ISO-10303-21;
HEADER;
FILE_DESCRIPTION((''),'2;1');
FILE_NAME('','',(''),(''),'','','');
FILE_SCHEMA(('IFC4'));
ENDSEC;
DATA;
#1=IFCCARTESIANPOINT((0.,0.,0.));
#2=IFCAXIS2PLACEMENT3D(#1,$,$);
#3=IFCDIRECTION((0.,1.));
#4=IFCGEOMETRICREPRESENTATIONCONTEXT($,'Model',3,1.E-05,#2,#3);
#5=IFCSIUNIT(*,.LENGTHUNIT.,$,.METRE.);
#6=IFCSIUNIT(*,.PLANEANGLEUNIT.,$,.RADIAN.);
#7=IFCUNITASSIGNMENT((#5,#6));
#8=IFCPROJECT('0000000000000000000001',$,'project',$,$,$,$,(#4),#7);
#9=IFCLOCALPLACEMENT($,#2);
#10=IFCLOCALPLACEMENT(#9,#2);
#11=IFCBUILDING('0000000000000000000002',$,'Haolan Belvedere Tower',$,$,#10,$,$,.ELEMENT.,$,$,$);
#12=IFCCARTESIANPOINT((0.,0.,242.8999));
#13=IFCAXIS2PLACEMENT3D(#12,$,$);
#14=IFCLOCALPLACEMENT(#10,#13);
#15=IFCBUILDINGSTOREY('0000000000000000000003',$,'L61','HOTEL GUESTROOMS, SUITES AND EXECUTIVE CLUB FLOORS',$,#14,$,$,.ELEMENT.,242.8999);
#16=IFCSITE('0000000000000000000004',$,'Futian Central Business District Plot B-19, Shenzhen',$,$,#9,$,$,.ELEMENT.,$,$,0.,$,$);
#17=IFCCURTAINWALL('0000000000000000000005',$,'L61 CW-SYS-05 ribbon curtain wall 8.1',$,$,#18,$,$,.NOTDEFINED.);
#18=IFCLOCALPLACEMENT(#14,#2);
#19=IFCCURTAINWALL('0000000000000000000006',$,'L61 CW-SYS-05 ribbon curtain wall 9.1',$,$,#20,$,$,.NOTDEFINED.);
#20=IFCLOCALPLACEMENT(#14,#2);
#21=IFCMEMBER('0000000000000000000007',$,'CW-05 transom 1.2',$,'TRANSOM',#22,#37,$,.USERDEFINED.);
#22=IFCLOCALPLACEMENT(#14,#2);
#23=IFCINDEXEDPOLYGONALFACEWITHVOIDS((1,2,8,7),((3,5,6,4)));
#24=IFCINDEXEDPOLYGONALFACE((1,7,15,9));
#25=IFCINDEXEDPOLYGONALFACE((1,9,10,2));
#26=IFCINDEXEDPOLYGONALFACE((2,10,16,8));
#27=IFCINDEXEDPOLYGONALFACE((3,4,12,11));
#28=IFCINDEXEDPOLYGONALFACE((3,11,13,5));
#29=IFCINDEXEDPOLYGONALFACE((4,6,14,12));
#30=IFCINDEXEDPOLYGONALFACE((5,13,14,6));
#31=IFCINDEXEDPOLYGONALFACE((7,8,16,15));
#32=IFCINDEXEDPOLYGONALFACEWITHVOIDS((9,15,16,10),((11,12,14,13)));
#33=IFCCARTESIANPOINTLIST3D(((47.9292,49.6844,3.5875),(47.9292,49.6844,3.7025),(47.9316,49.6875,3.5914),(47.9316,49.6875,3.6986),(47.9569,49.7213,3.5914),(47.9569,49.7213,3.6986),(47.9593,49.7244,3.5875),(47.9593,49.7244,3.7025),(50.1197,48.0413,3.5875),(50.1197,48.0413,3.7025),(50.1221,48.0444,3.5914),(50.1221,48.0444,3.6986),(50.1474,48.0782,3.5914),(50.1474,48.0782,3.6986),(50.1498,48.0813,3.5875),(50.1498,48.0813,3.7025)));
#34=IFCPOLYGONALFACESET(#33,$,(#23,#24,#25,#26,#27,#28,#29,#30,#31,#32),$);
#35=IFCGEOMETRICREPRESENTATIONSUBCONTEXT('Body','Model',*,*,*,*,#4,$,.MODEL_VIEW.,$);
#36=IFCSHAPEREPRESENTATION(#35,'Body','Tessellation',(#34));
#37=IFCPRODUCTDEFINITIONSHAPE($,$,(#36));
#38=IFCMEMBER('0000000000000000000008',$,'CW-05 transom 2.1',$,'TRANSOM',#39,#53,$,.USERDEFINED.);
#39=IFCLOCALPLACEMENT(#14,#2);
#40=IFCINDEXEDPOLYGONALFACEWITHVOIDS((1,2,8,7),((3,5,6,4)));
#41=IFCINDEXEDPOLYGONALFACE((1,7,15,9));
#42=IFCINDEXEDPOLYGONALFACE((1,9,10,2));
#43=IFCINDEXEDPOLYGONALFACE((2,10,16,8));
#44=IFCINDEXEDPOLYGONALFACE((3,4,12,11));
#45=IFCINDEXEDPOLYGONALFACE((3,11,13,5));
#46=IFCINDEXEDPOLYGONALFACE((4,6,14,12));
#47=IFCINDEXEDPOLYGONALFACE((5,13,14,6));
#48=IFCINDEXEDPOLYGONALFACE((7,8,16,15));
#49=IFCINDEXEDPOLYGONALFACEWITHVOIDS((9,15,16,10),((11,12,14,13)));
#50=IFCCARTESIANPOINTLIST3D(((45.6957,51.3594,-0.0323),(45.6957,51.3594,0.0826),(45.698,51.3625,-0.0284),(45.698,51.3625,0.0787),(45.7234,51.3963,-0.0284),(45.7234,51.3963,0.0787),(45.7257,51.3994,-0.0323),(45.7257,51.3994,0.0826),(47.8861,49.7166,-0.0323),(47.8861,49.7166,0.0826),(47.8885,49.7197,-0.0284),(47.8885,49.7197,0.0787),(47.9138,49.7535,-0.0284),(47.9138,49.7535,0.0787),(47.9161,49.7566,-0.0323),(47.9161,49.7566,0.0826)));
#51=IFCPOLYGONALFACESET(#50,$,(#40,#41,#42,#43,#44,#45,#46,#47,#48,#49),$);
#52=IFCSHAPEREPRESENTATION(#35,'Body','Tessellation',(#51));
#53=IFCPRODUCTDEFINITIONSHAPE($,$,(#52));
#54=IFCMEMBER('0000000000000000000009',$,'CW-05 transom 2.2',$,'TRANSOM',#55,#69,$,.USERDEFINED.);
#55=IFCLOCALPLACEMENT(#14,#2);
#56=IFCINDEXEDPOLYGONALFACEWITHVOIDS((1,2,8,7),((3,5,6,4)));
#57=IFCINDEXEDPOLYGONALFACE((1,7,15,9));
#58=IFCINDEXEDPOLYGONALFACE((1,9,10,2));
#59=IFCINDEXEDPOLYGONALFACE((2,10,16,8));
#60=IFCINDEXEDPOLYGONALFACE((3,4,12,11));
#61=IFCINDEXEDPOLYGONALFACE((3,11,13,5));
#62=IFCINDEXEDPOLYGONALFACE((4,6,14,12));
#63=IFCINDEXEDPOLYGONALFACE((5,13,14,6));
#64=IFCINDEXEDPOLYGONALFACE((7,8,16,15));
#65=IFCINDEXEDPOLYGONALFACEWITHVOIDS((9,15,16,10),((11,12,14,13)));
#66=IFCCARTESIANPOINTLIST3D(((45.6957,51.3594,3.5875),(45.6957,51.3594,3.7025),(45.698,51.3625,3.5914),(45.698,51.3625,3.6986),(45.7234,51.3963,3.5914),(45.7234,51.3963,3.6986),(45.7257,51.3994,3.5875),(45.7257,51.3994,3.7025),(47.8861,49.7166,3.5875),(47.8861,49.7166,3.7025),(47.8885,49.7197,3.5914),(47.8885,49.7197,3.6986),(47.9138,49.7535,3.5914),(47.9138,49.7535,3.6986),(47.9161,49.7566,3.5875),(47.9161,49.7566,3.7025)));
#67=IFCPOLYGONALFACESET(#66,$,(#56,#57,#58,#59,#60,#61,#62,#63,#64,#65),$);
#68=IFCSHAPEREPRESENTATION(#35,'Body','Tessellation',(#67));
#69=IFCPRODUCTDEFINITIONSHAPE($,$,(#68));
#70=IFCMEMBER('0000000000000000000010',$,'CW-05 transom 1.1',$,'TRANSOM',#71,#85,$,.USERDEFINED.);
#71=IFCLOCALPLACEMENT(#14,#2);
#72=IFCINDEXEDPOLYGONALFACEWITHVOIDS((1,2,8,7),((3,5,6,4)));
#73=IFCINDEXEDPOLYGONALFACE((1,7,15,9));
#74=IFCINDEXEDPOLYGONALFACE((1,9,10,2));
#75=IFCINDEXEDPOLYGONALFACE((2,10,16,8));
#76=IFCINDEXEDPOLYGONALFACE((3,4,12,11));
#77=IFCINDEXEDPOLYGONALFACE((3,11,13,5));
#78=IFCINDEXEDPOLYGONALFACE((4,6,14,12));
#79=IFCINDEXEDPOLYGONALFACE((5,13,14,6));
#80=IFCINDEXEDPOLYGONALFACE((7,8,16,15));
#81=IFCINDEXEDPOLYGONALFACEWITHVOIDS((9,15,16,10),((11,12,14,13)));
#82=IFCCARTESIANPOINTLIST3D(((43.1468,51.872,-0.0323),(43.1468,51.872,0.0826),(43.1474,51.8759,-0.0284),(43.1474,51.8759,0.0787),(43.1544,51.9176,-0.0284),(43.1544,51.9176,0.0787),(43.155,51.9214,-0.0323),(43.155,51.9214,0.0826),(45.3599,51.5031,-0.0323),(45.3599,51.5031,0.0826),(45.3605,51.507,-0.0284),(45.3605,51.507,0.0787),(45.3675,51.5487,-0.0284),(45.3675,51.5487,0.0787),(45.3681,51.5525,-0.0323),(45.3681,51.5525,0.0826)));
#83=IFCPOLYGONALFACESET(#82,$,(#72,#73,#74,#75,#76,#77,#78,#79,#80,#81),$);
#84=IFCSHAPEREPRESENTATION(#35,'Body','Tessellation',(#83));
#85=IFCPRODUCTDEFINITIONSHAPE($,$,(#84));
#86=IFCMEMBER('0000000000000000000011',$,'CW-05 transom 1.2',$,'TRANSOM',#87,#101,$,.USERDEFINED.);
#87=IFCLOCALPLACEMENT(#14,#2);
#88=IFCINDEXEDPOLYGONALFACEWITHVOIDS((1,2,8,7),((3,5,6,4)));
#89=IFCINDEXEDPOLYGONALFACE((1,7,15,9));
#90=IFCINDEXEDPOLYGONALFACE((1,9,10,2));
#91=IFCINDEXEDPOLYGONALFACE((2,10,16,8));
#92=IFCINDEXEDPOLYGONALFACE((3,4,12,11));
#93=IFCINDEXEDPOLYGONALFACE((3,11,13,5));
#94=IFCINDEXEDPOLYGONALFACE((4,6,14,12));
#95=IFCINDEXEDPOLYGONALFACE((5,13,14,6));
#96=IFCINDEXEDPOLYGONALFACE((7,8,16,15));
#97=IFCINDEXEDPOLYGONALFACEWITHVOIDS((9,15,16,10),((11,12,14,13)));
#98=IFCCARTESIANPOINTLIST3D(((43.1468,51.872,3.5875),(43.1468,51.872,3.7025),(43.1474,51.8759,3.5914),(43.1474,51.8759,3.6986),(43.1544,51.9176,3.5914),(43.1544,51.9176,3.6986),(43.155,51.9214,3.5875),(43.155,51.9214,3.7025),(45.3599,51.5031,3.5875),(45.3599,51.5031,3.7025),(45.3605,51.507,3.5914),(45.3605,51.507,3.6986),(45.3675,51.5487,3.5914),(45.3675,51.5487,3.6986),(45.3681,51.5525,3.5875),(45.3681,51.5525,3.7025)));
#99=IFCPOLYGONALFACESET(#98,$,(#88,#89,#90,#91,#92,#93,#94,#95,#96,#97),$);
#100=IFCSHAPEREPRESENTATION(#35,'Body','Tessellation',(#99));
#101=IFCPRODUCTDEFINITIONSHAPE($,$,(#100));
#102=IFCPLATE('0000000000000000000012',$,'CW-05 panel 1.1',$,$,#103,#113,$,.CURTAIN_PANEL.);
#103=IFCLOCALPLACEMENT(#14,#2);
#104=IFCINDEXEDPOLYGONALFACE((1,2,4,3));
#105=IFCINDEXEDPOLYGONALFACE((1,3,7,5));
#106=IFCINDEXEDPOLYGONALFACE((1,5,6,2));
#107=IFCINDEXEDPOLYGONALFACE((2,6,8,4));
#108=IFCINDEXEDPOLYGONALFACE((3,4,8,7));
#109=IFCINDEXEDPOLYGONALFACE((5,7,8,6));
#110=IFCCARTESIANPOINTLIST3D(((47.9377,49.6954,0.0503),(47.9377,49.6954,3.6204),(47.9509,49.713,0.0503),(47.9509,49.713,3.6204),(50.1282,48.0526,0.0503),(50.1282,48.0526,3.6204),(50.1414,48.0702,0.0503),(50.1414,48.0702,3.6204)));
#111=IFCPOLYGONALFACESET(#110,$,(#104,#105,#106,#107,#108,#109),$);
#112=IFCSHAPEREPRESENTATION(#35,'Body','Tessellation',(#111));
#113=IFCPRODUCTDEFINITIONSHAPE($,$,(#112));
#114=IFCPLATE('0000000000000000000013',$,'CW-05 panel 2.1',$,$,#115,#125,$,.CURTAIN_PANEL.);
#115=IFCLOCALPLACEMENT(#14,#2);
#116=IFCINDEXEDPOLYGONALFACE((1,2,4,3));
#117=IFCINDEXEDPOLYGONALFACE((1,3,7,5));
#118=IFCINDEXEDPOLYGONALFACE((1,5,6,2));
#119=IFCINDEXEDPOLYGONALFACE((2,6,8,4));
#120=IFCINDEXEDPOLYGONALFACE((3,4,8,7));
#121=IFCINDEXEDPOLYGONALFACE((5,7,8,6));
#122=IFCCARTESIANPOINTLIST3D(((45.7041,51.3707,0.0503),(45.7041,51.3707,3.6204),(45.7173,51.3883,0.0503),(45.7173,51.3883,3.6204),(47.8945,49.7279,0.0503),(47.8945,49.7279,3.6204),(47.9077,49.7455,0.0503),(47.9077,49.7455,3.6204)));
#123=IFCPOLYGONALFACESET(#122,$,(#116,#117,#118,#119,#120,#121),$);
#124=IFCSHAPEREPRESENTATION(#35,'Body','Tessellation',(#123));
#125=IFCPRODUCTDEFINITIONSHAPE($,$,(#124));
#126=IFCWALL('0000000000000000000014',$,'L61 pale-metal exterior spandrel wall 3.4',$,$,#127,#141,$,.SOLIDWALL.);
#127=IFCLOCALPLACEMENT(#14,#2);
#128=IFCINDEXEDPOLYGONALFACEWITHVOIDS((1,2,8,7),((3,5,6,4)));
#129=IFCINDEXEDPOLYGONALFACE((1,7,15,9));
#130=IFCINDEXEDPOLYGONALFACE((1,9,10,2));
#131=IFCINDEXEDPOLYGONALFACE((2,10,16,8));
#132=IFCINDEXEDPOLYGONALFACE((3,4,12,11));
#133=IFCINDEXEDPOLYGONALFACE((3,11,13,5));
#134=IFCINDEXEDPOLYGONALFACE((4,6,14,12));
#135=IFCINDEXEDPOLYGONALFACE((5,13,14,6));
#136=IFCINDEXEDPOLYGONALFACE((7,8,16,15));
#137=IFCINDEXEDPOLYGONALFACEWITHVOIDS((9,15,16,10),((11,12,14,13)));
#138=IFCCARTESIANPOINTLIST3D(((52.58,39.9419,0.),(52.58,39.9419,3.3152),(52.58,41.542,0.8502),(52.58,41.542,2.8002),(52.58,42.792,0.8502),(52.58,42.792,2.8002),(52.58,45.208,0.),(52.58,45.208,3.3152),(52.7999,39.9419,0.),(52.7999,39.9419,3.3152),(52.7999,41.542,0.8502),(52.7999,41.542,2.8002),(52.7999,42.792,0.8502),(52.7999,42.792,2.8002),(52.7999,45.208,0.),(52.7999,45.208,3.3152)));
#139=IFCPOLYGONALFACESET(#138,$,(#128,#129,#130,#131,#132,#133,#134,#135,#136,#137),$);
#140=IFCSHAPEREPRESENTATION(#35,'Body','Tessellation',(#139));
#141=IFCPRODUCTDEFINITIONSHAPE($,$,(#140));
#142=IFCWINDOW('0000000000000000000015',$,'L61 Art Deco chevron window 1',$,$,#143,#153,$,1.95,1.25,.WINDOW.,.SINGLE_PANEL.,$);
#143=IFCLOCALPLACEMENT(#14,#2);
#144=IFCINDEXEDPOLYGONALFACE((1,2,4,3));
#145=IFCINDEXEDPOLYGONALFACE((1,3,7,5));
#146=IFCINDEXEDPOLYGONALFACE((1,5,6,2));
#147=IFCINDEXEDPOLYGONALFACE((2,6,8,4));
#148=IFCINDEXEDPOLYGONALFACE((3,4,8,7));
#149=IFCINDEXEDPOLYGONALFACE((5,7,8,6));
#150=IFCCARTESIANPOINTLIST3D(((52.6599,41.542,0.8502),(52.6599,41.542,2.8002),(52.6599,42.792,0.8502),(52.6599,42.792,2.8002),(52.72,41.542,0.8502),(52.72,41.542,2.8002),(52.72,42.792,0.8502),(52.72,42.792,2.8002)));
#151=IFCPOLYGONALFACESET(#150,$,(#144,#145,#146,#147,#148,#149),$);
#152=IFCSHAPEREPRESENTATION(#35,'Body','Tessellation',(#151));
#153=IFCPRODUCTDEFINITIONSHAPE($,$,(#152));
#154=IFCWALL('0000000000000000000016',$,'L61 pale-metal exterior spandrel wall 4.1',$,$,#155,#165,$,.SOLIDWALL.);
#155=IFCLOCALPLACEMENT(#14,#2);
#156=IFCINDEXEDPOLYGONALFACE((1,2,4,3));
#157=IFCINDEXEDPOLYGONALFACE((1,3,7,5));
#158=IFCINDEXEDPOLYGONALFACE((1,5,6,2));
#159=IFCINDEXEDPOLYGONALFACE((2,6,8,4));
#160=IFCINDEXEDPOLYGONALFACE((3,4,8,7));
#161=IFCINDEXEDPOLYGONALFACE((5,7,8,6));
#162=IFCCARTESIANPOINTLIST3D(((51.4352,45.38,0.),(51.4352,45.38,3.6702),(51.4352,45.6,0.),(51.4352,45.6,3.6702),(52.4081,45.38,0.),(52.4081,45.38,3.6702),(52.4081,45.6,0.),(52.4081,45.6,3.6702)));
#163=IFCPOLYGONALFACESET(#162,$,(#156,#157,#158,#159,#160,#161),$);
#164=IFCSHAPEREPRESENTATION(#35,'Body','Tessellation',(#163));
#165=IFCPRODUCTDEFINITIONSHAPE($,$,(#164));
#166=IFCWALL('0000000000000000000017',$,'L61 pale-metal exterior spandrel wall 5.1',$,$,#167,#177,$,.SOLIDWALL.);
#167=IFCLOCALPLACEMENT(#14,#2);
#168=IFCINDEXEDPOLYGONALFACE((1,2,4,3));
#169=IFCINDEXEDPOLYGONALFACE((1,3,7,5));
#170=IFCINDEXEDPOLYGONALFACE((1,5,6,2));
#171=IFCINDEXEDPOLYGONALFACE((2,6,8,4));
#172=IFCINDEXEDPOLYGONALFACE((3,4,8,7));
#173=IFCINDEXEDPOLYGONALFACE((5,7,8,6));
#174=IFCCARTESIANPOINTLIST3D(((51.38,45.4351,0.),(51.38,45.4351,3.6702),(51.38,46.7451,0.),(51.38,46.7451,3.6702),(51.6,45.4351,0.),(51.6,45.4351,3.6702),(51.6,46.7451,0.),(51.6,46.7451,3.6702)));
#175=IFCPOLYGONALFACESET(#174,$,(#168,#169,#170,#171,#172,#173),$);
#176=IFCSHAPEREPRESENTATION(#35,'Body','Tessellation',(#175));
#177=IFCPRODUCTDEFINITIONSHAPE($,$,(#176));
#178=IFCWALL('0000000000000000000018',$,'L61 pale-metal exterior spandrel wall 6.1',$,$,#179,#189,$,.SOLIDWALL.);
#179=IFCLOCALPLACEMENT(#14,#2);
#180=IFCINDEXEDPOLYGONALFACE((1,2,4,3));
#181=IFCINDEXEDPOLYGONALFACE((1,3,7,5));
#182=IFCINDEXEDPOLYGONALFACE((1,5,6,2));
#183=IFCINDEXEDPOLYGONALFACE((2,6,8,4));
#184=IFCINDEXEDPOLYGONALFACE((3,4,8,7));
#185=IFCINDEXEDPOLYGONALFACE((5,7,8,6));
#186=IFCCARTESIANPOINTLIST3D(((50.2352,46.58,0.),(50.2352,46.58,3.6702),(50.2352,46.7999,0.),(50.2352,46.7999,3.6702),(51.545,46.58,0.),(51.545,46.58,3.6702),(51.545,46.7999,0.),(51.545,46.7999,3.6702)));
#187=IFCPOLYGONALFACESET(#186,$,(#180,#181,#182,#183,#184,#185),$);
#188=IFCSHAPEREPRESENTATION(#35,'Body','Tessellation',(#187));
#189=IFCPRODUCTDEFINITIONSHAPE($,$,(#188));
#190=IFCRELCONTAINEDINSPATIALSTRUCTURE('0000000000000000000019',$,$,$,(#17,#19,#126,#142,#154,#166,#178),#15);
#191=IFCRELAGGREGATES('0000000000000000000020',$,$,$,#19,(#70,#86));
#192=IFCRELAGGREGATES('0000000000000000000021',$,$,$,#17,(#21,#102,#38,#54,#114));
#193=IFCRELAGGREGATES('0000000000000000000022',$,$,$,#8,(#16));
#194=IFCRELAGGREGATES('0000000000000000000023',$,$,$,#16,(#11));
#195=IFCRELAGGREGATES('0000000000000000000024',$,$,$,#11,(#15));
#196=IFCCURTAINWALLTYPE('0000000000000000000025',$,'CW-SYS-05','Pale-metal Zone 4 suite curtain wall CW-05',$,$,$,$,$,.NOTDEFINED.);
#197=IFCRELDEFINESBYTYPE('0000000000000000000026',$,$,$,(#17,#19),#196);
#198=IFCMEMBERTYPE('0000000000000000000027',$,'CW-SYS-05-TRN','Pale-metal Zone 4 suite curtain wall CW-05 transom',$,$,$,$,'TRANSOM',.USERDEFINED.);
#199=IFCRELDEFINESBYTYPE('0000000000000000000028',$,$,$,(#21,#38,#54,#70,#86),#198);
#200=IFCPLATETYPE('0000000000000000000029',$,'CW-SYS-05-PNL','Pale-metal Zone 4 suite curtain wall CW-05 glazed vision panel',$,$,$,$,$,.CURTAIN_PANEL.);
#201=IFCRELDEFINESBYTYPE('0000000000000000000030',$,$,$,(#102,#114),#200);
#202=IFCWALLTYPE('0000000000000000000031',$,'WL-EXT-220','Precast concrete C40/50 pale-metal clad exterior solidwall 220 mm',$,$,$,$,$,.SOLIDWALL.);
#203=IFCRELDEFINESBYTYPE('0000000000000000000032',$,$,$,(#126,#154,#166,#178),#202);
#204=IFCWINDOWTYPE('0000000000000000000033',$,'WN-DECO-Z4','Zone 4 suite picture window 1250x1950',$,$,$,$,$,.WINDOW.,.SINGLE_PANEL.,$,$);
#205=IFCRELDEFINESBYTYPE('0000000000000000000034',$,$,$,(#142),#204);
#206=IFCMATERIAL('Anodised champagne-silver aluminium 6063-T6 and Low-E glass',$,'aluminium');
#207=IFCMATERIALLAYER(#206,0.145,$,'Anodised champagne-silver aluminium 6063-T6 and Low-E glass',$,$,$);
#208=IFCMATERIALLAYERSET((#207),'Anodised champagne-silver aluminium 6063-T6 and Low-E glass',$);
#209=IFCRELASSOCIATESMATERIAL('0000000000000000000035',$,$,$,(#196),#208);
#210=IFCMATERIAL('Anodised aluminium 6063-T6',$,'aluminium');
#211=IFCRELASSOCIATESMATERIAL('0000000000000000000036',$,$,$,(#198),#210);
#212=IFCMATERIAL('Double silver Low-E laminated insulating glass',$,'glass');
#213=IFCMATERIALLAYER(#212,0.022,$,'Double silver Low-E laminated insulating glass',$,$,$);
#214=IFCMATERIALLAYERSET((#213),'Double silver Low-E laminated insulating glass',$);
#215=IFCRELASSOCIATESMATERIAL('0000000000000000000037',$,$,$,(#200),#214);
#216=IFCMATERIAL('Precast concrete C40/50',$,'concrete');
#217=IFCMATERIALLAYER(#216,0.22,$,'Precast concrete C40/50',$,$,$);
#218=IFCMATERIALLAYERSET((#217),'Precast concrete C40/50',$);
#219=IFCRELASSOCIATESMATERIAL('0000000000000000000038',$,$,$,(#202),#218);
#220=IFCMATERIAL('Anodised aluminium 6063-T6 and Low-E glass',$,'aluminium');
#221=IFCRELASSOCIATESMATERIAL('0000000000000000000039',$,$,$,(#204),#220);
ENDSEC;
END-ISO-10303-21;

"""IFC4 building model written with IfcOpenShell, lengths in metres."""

from ifc_helpers import new_model, si_unit, direction, frame, frame_2d, origin, origin_2d, place, context, subcontext, project, spatial, rectangle, hollow_rectangle, extrude, material, layer, layer_set, material_profile, profile_set, type_object, element, fill, aggregate, save


model = new_model("IFC4")

# Units and contexts
model_context = context("Model", 3, precision=1e-05, world=origin(), true_north=direction((0.0, 1.0)))
body_context = subcontext(model_context, "Body", "Model", "MODEL_VIEW")
ifc_project = project(units=[si_unit("LENGTHUNIT", "METRE"), si_unit("PLANEANGLEUNIT", "RADIAN")], contexts=[model_context])

# Site, building, storey
site_placement = place(None, origin())
site = spatial("IfcSite", under=ifc_project, at=site_placement, Name="Futian Central Business District Plot B-19, Shenzhen", CompositionType="ELEMENT", RefElevation=0.0)
building_placement = place(site_placement, origin())
building = spatial("IfcBuilding", under=site, at=building_placement, Name="Haolan Belvedere Tower", CompositionType="ELEMENT")
storey_placement = place(building_placement, frame((0.0, 0.0, 242.8999)))
storey = spatial("IfcBuildingStorey", under=building, at=storey_placement, Name="L61", Description="HOTEL GUESTROOMS, SUITES AND EXECUTIVE CLUB FLOORS", CompositionType="ELEMENT", Elevation=242.8999)

# Curtain wall
ifc_material_1 = material(Name="Anodised champagne-silver aluminium 6063-T6 and Low-E glass", Category="aluminium")
ifc_layer_1 = layer(ifc_material_1, 0.145, Name="Anodised champagne-silver aluminium 6063-T6 and Low-E glass")
ifc_layer_set_1 = layer_set([ifc_layer_1], Name="Anodised champagne-silver aluminium 6063-T6 and Low-E glass")
curtain_wall_type = type_object("IfcCurtainWallType", Name="CW-SYS-05", Description="Pale-metal Zone 4 suite curtain wall CW-05", PredefinedType="NOTDEFINED", material=ifc_layer_set_1)
curtain_wall_1_placement = place(storey_placement, origin())
curtain_wall_1 = element("IfcCurtainWall", 1, at=curtain_wall_1_placement, inside=storey, type_object=curtain_wall_type, Name="L61 CW-SYS-05 ribbon curtain wall 8.1", PredefinedType="NOTDEFINED")
ifc_material_2 = material(Name="Anodised aluminium 6063-T6", Category="aluminium")

# Curtain wall
curtain_wall_2_placement = place(storey_placement, origin())
curtain_wall_2 = element("IfcCurtainWall", 2, at=curtain_wall_2_placement, inside=storey, type_object=curtain_wall_type, Name="L61 CW-SYS-05 ribbon curtain wall 9.1", PredefinedType="NOTDEFINED")

# Members
ifc_material_profile_1 = material_profile(ifc_material_2, hollow_rectangle(XDim=0.05, YDim=0.115, WallThickness=0.0039, at=origin_2d()), Name="Anodised aluminium 6063-T6")
ifc_profile_set_1 = profile_set([ifc_material_profile_1], Name="Anodised aluminium 6063-T6")
member_type_1 = type_object("IfcMemberType", Name="CW-SYS-05-TRN", Description="Pale-metal Zone 4 suite curtain wall CW-05 transom", ElementType="TRANSOM", PredefinedType="USERDEFINED", material=ifc_profile_set_1)
member_1_placement = place(storey_placement, frame((50.1348, 48.0613, 3.645), z_axis=(-0.799957, 0.600057, 0.0), x_axis=(-0.600057, -0.799957, 0.0)))
member_1 = element("IfcMember", 3, at=member_1_placement, type_object=member_type_1, Name="CW-05 transom 1.2", ObjectType="TRANSOM", PredefinedType="USERDEFINED", context=body_context, shape_type="SweptSolid", body=[
    extrude(hollow_rectangle(XDim=0.05, YDim=0.115, WallThickness=0.0039, at=origin_2d()), origin(), (0.0, 0.0, 1.0), 2.7383),
])
member_2_placement = place(storey_placement, frame((47.9011, 49.7366, 0.0251), z_axis=(-0.8, 0.6, 0.0), x_axis=(-0.6, -0.8, 0.0)))
member_2 = element("IfcMember", 4, at=member_2_placement, type_object=member_type_1, Name="CW-05 transom 2.1", ObjectType="TRANSOM", PredefinedType="USERDEFINED", context=body_context, shape_type="SweptSolid", body=[
    extrude(hollow_rectangle(XDim=0.05, YDim=0.115, WallThickness=0.0039, at=origin_2d()), origin(), (0.0, 0.0, 1.0), 2.738),
])
member_3_placement = place(storey_placement, frame((47.9011, 49.7366, 3.645), z_axis=(-0.8, 0.6, 0.0), x_axis=(-0.6, -0.8, 0.0)))
member_3 = element("IfcMember", 5, at=member_3_placement, type_object=member_type_1, Name="CW-05 transom 2.2", ObjectType="TRANSOM", PredefinedType="USERDEFINED", context=body_context, shape_type="SweptSolid", body=[
    extrude(hollow_rectangle(XDim=0.05, YDim=0.115, WallThickness=0.0039, at=origin_2d()), origin(), (0.0, 0.0, 1.0), 2.738),
])
member_4_placement = place(storey_placement, frame((45.364, 51.5278, 0.0251), z_axis=(-0.986391, 0.164417, 0.0), x_axis=(-0.164417, -0.986391, 0.0)))
member_4 = element("IfcMember", 6, at=member_4_placement, type_object=member_type_1, Name="CW-05 transom 1.1", ObjectType="TRANSOM", PredefinedType="USERDEFINED", context=body_context, shape_type="SweptSolid", body=[
    extrude(hollow_rectangle(XDim=0.05, YDim=0.115, WallThickness=0.0039, at=origin_2d()), origin(), (0.0, 0.0, 1.0), 2.2437),
])
member_5_placement = place(storey_placement, frame((45.364, 51.5278, 3.645), z_axis=(-0.986391, 0.164417, 0.0), x_axis=(-0.164417, -0.986391, 0.0)))
member_5 = element("IfcMember", 7, at=member_5_placement, type_object=member_type_1, Name="CW-05 transom 1.2", ObjectType="TRANSOM", PredefinedType="USERDEFINED", context=body_context, shape_type="SweptSolid", body=[
    extrude(hollow_rectangle(XDim=0.05, YDim=0.115, WallThickness=0.0039, at=origin_2d()), origin(), (0.0, 0.0, 1.0), 2.2437),
])
aggregate(curtain_wall_2, [member_4, member_5])

# Plates
ifc_material_3 = material(Name="Double silver Low-E laminated insulating glass", Category="glass")
ifc_layer_2 = layer(ifc_material_3, 0.022, Name="Double silver Low-E laminated insulating glass")
ifc_layer_set_2 = layer_set([ifc_layer_2], Name="Double silver Low-E laminated insulating glass")
plate_type = type_object("IfcPlateType", Name="CW-SYS-05-PNL", Description="Pale-metal Zone 4 suite curtain wall CW-05 glazed vision panel", PredefinedType="CURTAIN_PANEL", material=ifc_layer_set_2)
plate_1_placement = place(storey_placement, frame((49.0396, 48.8828, 0.0503), z_axis=(0.0, 0.0, 1.0), x_axis=(-0.799998, 0.600003, 0.0)))
plate_1 = element("IfcPlate", 8, at=plate_1_placement, type_object=plate_type, Name="CW-05 panel 1.1", PredefinedType="CURTAIN_PANEL", context=body_context, shape_type="SweptSolid", body=[
    extrude(rectangle(XDim=2.738, YDim=0.022, at=origin_2d()), origin(), (0.0, 0.0, 1.0), 3.5701),
])
plate_2_placement = place(storey_placement, frame((46.8059, 50.5581, 0.0503), z_axis=(0.0, 0.0, 1.0), x_axis=(-0.799998, 0.600003, 0.0)))
plate_2 = element("IfcPlate", 9, at=plate_2_placement, type_object=plate_type, Name="CW-05 panel 2.1", PredefinedType="CURTAIN_PANEL", context=body_context, shape_type="SweptSolid", body=[
    extrude(rectangle(XDim=2.738, YDim=0.022, at=origin_2d()), origin(), (0.0, 0.0, 1.0), 3.5701),
])
aggregate(curtain_wall_1, [member_1, plate_1, member_2, member_3, plate_2])

# Wall, opening, window
ifc_material_4 = material(Name="Precast concrete C40/50", Category="concrete")
ifc_layer_3 = layer(ifc_material_4, 0.22, Name="Precast concrete C40/50")
ifc_layer_set_3 = layer_set([ifc_layer_3], Name="Precast concrete C40/50")
wall_type_1 = type_object("IfcWallType", Name="WL-EXT-220", Description="Precast concrete C40/50 pale-metal clad exterior solidwall 220 mm", PredefinedType="SOLIDWALL", material=ifc_layer_set_3)
wall_1_placement = place(storey_placement, frame((52.6899, 39.9419, 0.0), z_axis=(0.0, 0.0, 1.0), x_axis=(0.0, 1.0, 0.0)))
wall_1 = element("IfcWall", 10, at=wall_1_placement, inside=storey, type_object=wall_type_1, Name="L61 pale-metal exterior spandrel wall 3.4", PredefinedType="SOLIDWALL", context=body_context, shape_type="SweptSolid", body=[
    extrude(rectangle(XDim=5.2661, YDim=0.22, at=frame_2d((2.6331, 0.0))), origin(), (0.0, 0.0, 1.0), 3.3152),
])
opening_1_placement = place(wall_1_placement, frame((1.6001, 0.0, 0.8501)))
opening_1 = element("IfcOpeningElement", 11, at=opening_1_placement, cuts=wall_1, PredefinedType="OPENING", context=body_context, shape_type="SweptSolid", body=[
    extrude(rectangle(XDim=1.25, YDim=1.95, at=frame_2d((0.625, 0.9751))), frame((0.0, 0.1199, 0.0), z_axis=(0.0, -1.0, 0.0), x_axis=(1.0, 0.0, 0.0)), (0.0, 0.0, 1.0), 0.24),
])
ifc_material_5 = material(Name="Anodised aluminium 6063-T6 and Low-E glass", Category="aluminium")
window_type = type_object("IfcWindowType", Name="WN-DECO-Z4", Description="Zone 4 suite picture window 1250x1950", PartitioningType="SINGLE_PANEL", PredefinedType="WINDOW", material=ifc_material_5)
window_placement = place(opening_1_placement, origin())
window = element("IfcWindow", 12, at=window_placement, inside=storey, type_object=window_type, Name="L61 Art Deco chevron window 1", OverallHeight=1.95, OverallWidth=1.25, PartitioningType="SINGLE_PANEL", PredefinedType="WINDOW", context=body_context, shape_type="SweptSolid", body=[
    extrude(rectangle(XDim=1.25, YDim=1.95, at=frame_2d((0.625, 0.9751))), frame((0.0, 0.03, 0.0), z_axis=(0.0, -1.0, 0.0), x_axis=(1.0, 0.0, 0.0)), (0.0, 0.0, 1.0), 0.0601),
])
fill(opening_1, window)

# Walls
wall_2_placement = place(storey_placement, frame((52.408, 45.49, 0.0), z_axis=(0.0, 0.0, 1.0), x_axis=(-1.0, 0.0, 0.0)))
element("IfcWall", 13, at=wall_2_placement, inside=storey, type_object=wall_type_1, Name="L61 pale-metal exterior spandrel wall 4.1", PredefinedType="SOLIDWALL", context=body_context, shape_type="SweptSolid", body=[
    extrude(rectangle(XDim=0.9729, YDim=0.22, at=frame_2d((0.4863, 0.0))), origin(), (0.0, 0.0, 1.0), 3.6702),
])
wall_3_placement = place(storey_placement, frame((51.49, 45.4351, 0.0), z_axis=(0.0, 0.0, 1.0), x_axis=(0.0, 1.0, 0.0)))
element("IfcWall", 14, at=wall_3_placement, inside=storey, type_object=wall_type_1, Name="L61 pale-metal exterior spandrel wall 5.1", PredefinedType="SOLIDWALL", context=body_context, shape_type="SweptSolid", body=[
    extrude(rectangle(XDim=1.3101, YDim=0.22, at=frame_2d((0.655, 0.0))), origin(), (0.0, 0.0, 1.0), 3.6702),
])
wall_4_placement = place(storey_placement, frame((51.5449, 46.6899, 0.0), z_axis=(0.0, 0.0, 1.0), x_axis=(-1.0, 0.0, 0.0)))
element("IfcWall", 15, at=wall_4_placement, inside=storey, type_object=wall_type_1, Name="L61 pale-metal exterior spandrel wall 6.1", PredefinedType="SOLIDWALL", context=body_context, shape_type="SweptSolid", body=[
    extrude(rectangle(XDim=1.3098, YDim=0.22, at=frame_2d((0.6548, 0.0))), origin(), (0.0, 0.0, 1.0), 3.6702),
])

save(model, "model.ifc")
